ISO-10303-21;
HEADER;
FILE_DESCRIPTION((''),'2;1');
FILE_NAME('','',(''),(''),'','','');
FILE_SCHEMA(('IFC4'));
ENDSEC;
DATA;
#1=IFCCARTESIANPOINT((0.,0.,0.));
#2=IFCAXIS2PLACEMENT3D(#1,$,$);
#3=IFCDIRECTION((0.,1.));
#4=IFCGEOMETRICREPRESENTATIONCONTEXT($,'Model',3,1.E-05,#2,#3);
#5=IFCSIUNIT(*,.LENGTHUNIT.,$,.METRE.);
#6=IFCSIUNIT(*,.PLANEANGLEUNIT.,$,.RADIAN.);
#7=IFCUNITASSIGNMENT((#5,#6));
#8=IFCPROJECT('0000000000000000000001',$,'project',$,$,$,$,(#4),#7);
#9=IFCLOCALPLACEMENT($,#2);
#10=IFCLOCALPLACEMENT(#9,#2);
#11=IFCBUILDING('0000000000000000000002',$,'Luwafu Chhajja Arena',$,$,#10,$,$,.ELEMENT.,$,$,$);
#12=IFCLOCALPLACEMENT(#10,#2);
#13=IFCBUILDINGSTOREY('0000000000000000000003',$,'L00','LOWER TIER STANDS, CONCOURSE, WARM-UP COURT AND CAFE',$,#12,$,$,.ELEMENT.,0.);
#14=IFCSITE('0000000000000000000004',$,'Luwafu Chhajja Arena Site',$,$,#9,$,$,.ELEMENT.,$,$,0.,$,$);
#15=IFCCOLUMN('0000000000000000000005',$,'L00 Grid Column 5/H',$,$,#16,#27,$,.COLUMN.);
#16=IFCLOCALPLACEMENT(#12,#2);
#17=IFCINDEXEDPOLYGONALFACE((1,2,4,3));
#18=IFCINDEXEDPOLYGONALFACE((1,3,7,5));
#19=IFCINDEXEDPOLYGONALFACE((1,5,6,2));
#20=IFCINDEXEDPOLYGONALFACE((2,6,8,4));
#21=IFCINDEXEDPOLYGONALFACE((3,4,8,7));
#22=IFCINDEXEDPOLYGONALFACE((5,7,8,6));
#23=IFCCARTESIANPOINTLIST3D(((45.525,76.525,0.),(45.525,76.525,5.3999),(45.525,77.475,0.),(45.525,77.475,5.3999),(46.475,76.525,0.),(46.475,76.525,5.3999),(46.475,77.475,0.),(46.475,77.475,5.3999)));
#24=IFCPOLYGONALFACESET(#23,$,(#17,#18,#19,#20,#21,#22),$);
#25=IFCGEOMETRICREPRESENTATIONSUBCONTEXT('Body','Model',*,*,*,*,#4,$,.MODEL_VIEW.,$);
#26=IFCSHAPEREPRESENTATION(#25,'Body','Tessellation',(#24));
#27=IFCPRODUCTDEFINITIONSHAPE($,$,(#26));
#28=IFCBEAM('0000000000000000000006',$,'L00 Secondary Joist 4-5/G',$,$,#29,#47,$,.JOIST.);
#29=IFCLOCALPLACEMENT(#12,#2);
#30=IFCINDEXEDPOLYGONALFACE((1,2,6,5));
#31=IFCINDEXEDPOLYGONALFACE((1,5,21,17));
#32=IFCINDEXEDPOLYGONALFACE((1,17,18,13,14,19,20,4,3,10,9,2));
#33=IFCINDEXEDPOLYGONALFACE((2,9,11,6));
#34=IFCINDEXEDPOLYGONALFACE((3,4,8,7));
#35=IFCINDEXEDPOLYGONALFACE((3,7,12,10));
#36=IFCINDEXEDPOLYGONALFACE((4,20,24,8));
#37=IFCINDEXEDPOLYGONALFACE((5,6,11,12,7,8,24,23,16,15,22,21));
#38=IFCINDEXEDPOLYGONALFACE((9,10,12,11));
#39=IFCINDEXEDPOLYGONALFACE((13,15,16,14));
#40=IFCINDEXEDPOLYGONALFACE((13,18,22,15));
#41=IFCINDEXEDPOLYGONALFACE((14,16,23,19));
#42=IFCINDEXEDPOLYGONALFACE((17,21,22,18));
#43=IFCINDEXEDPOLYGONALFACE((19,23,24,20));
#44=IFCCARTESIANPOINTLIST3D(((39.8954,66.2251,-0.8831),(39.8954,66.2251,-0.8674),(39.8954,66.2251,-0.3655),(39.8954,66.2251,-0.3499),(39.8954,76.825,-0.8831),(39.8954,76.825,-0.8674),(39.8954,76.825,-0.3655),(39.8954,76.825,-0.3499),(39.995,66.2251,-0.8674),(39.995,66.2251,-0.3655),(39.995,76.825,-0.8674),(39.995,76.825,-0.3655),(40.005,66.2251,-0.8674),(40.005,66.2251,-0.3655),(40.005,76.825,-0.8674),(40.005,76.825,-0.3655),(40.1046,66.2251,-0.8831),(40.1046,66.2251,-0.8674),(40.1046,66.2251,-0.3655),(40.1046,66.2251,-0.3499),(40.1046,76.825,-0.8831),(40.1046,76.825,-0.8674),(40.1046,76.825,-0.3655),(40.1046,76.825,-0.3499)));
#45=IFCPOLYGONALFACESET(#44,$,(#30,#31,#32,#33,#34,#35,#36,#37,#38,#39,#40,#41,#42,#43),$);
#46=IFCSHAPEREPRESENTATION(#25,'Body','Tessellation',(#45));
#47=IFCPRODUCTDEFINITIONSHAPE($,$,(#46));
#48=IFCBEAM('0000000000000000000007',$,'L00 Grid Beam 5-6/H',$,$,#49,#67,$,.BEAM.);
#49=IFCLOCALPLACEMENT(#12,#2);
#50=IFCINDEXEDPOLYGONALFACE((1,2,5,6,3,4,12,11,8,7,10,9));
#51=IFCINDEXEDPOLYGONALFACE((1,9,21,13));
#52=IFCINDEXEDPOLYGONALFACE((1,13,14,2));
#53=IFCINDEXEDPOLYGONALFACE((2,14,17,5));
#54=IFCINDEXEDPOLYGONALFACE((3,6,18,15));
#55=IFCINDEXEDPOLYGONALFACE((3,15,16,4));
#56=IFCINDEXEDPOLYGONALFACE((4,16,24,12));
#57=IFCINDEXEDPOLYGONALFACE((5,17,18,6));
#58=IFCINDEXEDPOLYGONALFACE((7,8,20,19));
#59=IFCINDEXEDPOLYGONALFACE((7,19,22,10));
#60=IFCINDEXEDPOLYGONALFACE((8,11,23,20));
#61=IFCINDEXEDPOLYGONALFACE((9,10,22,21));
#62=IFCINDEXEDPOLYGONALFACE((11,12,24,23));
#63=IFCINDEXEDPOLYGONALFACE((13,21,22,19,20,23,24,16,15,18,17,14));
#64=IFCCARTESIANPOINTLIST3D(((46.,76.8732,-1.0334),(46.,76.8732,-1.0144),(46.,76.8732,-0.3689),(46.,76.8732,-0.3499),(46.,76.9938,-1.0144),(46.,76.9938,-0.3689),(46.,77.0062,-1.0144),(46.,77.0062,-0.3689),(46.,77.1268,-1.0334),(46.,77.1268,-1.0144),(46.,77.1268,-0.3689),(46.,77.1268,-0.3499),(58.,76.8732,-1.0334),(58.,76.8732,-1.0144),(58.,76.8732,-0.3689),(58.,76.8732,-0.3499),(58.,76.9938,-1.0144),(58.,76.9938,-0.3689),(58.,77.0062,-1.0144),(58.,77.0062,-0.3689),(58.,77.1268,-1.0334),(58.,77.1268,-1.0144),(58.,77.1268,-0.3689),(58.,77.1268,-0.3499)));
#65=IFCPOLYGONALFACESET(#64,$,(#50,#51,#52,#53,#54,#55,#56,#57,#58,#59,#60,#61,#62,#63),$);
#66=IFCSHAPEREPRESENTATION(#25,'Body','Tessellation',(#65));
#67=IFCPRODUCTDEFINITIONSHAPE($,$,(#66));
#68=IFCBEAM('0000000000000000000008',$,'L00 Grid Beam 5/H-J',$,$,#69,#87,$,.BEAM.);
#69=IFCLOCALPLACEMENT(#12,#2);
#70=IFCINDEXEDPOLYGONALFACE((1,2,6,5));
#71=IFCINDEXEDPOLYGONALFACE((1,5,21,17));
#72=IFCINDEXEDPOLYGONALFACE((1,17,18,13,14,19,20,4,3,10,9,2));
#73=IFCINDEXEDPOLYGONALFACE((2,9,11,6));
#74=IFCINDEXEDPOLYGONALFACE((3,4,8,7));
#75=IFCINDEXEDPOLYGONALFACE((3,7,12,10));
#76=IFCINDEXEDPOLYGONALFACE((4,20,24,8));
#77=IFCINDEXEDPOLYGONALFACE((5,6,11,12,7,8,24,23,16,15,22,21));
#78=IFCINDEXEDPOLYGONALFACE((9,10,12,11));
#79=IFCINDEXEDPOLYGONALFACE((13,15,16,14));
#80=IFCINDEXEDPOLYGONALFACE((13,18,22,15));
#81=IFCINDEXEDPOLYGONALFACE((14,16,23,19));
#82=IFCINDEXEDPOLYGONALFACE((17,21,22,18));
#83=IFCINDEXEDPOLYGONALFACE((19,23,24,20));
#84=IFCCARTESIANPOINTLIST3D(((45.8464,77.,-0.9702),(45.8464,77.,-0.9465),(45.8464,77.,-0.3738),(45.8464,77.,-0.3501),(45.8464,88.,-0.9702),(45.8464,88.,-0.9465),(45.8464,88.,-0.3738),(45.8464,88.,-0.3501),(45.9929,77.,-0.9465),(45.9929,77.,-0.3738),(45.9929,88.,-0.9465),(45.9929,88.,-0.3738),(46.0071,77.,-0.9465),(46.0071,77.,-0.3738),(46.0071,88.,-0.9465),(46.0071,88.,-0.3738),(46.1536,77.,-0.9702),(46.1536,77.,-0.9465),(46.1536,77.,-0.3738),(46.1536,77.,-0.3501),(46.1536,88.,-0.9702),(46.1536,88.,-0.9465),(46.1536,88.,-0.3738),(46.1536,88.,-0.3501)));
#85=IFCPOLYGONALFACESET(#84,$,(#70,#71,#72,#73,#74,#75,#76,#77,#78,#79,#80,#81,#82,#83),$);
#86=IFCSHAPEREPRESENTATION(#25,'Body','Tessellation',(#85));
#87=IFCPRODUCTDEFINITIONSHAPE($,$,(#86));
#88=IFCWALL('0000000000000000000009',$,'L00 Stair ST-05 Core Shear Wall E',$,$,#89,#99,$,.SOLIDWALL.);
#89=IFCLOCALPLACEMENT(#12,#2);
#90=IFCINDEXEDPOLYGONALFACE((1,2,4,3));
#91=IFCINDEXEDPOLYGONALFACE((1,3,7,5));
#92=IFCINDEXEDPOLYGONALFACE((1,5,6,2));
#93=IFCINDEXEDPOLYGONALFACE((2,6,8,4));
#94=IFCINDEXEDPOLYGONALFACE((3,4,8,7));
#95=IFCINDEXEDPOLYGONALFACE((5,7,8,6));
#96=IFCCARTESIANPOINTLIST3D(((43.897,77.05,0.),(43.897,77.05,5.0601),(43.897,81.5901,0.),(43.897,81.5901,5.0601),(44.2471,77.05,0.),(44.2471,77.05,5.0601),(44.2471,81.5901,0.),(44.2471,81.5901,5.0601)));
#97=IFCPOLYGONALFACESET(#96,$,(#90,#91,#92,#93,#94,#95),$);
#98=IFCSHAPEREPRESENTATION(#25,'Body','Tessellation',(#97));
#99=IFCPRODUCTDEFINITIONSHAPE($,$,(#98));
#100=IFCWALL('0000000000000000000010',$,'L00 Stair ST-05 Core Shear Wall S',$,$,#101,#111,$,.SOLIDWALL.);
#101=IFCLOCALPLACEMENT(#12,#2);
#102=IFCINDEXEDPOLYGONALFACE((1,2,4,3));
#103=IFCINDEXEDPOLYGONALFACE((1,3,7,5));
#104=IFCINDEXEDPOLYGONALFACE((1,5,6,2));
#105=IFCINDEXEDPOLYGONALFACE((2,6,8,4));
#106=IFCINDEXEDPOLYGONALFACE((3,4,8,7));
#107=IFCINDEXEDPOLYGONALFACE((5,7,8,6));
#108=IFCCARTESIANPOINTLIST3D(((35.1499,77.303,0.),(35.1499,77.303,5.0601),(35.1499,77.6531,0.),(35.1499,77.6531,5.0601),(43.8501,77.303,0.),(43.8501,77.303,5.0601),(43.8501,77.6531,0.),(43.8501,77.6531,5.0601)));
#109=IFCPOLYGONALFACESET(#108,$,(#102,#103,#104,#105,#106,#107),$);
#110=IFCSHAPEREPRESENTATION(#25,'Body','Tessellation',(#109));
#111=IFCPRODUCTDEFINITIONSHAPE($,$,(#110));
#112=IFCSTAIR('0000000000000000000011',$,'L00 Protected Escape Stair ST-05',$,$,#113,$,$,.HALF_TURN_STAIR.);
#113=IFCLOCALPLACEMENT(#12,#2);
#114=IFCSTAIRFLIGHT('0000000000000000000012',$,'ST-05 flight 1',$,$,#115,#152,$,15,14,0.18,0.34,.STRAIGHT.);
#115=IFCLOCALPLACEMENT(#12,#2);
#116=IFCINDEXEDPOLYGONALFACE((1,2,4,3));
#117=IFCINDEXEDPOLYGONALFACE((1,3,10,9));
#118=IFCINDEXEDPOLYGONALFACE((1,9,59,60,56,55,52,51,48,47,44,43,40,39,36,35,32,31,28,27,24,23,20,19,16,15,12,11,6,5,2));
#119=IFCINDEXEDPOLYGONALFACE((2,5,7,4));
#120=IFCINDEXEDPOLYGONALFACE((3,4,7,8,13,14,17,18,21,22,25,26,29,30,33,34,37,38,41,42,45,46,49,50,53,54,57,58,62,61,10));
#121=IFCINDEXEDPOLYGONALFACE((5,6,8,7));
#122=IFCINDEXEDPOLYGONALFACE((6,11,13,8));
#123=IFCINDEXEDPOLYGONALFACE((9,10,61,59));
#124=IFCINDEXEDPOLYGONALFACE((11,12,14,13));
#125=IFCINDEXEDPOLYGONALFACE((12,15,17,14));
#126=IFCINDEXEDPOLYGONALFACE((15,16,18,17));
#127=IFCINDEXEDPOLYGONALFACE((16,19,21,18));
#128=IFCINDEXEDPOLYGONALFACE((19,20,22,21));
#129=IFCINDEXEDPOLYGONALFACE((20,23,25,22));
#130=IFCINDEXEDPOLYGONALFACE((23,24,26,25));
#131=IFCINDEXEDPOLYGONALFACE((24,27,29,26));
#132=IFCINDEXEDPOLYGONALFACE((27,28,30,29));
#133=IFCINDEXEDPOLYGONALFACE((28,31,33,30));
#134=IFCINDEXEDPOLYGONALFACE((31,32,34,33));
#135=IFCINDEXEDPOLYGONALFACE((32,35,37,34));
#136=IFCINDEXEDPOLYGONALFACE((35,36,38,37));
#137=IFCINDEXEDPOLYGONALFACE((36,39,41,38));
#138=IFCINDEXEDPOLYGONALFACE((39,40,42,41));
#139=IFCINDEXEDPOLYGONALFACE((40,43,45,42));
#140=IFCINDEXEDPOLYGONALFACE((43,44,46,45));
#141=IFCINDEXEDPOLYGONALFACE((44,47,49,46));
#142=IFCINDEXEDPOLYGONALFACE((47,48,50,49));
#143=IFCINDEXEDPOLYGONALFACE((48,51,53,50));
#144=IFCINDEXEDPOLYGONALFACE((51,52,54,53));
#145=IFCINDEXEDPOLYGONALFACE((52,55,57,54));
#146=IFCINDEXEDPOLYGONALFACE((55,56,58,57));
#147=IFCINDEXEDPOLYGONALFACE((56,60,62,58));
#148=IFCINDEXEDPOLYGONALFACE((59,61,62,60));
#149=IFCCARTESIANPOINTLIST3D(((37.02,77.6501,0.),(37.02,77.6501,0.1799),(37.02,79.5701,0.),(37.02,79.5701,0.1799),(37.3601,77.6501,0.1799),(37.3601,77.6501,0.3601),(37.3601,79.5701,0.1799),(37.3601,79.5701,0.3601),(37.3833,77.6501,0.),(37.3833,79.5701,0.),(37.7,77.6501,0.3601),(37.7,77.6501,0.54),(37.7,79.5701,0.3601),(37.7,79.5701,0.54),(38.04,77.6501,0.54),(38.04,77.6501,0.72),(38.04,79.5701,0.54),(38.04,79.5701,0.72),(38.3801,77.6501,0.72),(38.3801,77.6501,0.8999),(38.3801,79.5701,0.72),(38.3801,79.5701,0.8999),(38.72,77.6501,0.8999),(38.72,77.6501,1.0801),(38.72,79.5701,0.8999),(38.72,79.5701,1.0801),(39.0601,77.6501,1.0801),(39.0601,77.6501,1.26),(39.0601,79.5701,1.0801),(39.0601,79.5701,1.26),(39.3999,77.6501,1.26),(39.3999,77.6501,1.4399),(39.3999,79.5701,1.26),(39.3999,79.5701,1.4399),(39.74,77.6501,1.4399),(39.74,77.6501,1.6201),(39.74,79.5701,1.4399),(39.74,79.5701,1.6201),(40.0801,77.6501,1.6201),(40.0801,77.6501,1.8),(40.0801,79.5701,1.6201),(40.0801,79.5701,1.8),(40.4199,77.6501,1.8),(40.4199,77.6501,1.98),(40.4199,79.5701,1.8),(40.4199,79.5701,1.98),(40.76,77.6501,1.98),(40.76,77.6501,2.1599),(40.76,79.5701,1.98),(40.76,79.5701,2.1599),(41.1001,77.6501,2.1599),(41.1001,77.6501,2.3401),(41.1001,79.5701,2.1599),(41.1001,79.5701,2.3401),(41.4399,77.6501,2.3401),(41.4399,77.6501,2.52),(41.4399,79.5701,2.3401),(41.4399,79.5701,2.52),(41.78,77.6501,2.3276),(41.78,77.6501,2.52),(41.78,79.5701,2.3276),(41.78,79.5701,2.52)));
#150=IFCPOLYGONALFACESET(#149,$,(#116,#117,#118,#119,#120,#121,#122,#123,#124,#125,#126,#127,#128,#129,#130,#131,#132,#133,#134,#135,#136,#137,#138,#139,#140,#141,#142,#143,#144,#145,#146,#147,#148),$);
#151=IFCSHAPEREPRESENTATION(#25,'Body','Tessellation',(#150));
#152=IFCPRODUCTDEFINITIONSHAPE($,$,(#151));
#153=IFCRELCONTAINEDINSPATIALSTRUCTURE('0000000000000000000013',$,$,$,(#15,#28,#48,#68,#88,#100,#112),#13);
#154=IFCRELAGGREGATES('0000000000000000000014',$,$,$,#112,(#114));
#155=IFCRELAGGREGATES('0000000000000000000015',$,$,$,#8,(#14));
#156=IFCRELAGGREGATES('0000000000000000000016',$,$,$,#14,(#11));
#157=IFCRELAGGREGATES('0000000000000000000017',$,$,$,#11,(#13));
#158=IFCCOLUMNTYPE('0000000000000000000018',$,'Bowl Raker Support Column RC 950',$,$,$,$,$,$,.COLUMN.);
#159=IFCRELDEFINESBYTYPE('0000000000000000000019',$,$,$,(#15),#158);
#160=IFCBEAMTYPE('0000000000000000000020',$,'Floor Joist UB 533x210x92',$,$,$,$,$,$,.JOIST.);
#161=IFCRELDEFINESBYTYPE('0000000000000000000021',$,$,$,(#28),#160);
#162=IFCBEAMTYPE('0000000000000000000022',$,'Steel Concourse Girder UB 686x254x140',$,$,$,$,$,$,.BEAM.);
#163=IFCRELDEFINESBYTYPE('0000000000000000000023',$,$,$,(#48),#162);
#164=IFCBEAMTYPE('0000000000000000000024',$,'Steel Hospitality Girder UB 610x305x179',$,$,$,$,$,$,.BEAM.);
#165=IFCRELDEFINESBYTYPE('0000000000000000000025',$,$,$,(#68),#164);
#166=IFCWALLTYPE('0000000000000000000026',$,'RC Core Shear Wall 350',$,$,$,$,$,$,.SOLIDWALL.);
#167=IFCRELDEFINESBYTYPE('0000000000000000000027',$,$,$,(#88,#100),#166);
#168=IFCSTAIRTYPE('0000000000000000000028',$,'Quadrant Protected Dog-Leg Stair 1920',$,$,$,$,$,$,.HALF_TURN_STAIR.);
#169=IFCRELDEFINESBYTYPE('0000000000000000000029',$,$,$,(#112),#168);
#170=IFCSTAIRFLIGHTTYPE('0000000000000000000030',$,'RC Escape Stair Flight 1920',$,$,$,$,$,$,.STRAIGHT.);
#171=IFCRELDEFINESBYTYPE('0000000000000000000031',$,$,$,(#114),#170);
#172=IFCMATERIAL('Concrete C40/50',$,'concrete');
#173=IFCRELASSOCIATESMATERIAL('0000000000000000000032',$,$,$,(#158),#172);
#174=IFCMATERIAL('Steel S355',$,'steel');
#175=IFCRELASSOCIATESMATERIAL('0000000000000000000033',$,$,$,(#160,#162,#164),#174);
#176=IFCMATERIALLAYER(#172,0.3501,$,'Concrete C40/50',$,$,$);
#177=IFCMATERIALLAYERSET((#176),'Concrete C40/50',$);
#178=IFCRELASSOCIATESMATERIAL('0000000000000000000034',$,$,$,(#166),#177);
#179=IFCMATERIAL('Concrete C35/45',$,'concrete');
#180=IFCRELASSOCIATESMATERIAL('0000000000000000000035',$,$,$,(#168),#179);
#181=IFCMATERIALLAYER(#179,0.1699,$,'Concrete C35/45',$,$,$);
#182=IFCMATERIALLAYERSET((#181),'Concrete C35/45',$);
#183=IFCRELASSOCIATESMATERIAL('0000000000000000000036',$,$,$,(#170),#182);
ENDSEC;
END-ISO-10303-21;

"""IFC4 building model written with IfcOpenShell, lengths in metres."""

from ifc_helpers import new_model, si_unit, direction, frame, frame_2d, origin, origin_2d, place, context, subcontext, project, spatial, polyline, rectangle, i_section, outline, extrude, material, layer, layer_set, material_profile, profile_set, type_object, element, aggregate, save


model = new_model("IFC4")

# Units and contexts
model_context = context("Model", 3, precision=1e-05, world=origin(), true_north=direction((0.0, 1.0)))
body_context = subcontext(model_context, "Body", "Model", "MODEL_VIEW")
ifc_project = project(units=[si_unit("LENGTHUNIT", "METRE"), si_unit("PLANEANGLEUNIT", "RADIAN")], contexts=[model_context])

# Site, building, storey
site_placement = place(None, origin())
site = spatial("IfcSite", under=ifc_project, at=site_placement, Name="Luwafu Chhajja Arena Site", CompositionType="ELEMENT", RefElevation=0.0)
building_placement = place(site_placement, origin())
building = spatial("IfcBuilding", under=site, at=building_placement, Name="Luwafu Chhajja Arena", CompositionType="ELEMENT")
storey_placement = place(building_placement, origin())
storey = spatial("IfcBuildingStorey", under=building, at=storey_placement, Name="L00", Description="LOWER TIER STANDS, CONCOURSE, WARM-UP COURT AND CAFE", CompositionType="ELEMENT", Elevation=0.0)

# Column
ifc_material_1 = material(Name="Concrete C40/50", Category="concrete")
ifc_material_profile_1 = material_profile(ifc_material_1, rectangle(XDim=0.95, YDim=0.95, at=origin_2d()), Name="RC 950x950")
ifc_profile_set_1 = profile_set([ifc_material_profile_1], Name="Concrete C40/50")
column_type = type_object("IfcColumnType", Name="Bowl Raker Support Column RC 950", PredefinedType="COLUMN", material=ifc_profile_set_1)
column_placement = place(storey_placement, frame((46.0, 77.0, 0.0), z_axis=(0.0, 0.0, 1.0), x_axis=(1.0, 0.0, 0.0)))
element("IfcColumn", 1, at=column_placement, inside=storey, type_object=column_type, Name="L00 Grid Column 5/H", PredefinedType="COLUMN", context=body_context, shape_type="SweptSolid", body=[
    extrude(rectangle(XDim=0.95, YDim=0.95, at=origin_2d()), origin(), (0.0, 0.0, 1.0), 5.3999),
])

# Beams
ifc_material_2 = material(Name="Steel S355", Category="steel")
ifc_material_profile_2 = material_profile(ifc_material_2, i_section(OverallWidth=0.2092, OverallDepth=0.5332, WebThickness=0.01, FlangeThickness=0.0156, at=origin_2d()), Name="UB 533x210x92")
ifc_profile_set_2 = profile_set([ifc_material_profile_2], Name="Steel S355")
beam_type_1 = type_object("IfcBeamType", Name="Floor Joist UB 533x210x92", PredefinedType="JOIST", material=ifc_profile_set_2)
beam_1_placement = place(storey_placement, frame((40.0, 66.2251, -0.6165), z_axis=(0.0, 1.0, 0.0), x_axis=(-1.0, 0.0, 0.0)))
element("IfcBeam", 2, at=beam_1_placement, inside=storey, type_object=beam_type_1, Name="L00 Secondary Joist 4-5/G", PredefinedType="JOIST", context=body_context, shape_type="SweptSolid", body=[
    extrude(i_section(OverallWidth=0.2092, OverallDepth=0.5332, WebThickness=0.01, FlangeThickness=0.0156, at=origin_2d()), origin(), (0.0, 0.0, 1.0), 10.5999),
])
ifc_material_profile_3 = material_profile(ifc_material_2, i_section(OverallWidth=0.2537, OverallDepth=0.6836, WebThickness=0.0125, FlangeThickness=0.019, at=origin_2d()), Name="UB 686x254x140")
ifc_profile_set_3 = profile_set([ifc_material_profile_3], Name="Steel S355")
beam_type_2 = type_object("IfcBeamType", Name="Steel Concourse Girder UB 686x254x140", PredefinedType="BEAM", material=ifc_profile_set_3)
beam_2_placement = place(storey_placement, frame((46.0, 77.0, -0.6917), z_axis=(1.0, 0.0, 0.0), x_axis=(0.0, 1.0, 0.0)))
element("IfcBeam", 3, at=beam_2_placement, inside=storey, type_object=beam_type_2, Name="L00 Grid Beam 5-6/H", PredefinedType="BEAM", context=body_context, shape_type="SweptSolid", body=[
    extrude(i_section(OverallWidth=0.2537, OverallDepth=0.6836, WebThickness=0.0125, FlangeThickness=0.019, at=origin_2d()), origin(), (0.0, 0.0, 1.0), 12.0),
])
ifc_material_profile_4 = material_profile(ifc_material_2, i_section(OverallWidth=0.3071, OverallDepth=0.6201, WebThickness=0.0142, FlangeThickness=0.0237, at=origin_2d()), Name="UB 610x305x179")
ifc_profile_set_4 = profile_set([ifc_material_profile_4], Name="Steel S355")
beam_type_3 = type_object("IfcBeamType", Name="Steel Hospitality Girder UB 610x305x179", PredefinedType="BEAM", material=ifc_profile_set_4)
beam_3_placement = place(storey_placement, frame((46.0, 77.0, -0.6602), z_axis=(0.0, 1.0, 0.0), x_axis=(-1.0, 0.0, 0.0)))
element("IfcBeam", 4, at=beam_3_placement, inside=storey, type_object=beam_type_3, Name="L00 Grid Beam 5/H-J", PredefinedType="BEAM", context=body_context, shape_type="SweptSolid", body=[
    extrude(i_section(OverallWidth=0.3071, OverallDepth=0.6201, WebThickness=0.0142, FlangeThickness=0.0237, at=origin_2d()), origin(), (0.0, 0.0, 1.0), 11.0),
])

# Walls
ifc_layer_1 = layer(ifc_material_1, 0.3501, Name="Concrete C40/50")
ifc_layer_set_1 = layer_set([ifc_layer_1], Name="Concrete C40/50")
wall_type = type_object("IfcWallType", Name="RC Core Shear Wall 350", PredefinedType="SOLIDWALL", material=ifc_layer_set_1)
wall_1_placement = place(storey_placement, frame((44.072, 77.05, 0.0), z_axis=(0.0, 0.0, 1.0), x_axis=(0.0, 1.0, 0.0)))
element("IfcWall", 5, at=wall_1_placement, inside=storey, type_object=wall_type, Name="L00 Stair ST-05 Core Shear Wall E", PredefinedType="SOLIDWALL", context=body_context, shape_type="SweptSolid", body=[
    extrude(rectangle(XDim=4.54, YDim=0.3501, at=frame_2d((2.27, 0.0))), origin(), (0.0, 0.0, 1.0), 5.0601),
])
wall_2_placement = place(storey_placement, frame((35.1499, 77.478, 0.0), z_axis=(0.0, 0.0, 1.0), x_axis=(1.0, 0.0, 0.0)))
element("IfcWall", 6, at=wall_2_placement, inside=storey, type_object=wall_type, Name="L00 Stair ST-05 Core Shear Wall S", PredefinedType="SOLIDWALL", context=body_context, shape_type="SweptSolid", body=[
    extrude(rectangle(XDim=8.7002, YDim=0.3501, at=frame_2d((4.3501, 0.0))), origin(), (0.0, 0.0, 1.0), 5.0601),
])

# Stair, stair flight
ifc_material_3 = material(Name="Concrete C35/45", Category="concrete")
stair_type = type_object("IfcStairType", Name="Quadrant Protected Dog-Leg Stair 1920", PredefinedType="HALF_TURN_STAIR", material=ifc_material_3)
stair_placement = place(storey_placement, origin())
stair = element("IfcStair", 7, at=stair_placement, inside=storey, type_object=stair_type, Name="L00 Protected Escape Stair ST-05", PredefinedType="HALF_TURN_STAIR")
ifc_layer_2 = layer(ifc_material_3, 0.1699, Name="Concrete C35/45")
ifc_layer_set_2 = layer_set([ifc_layer_2], Name="Concrete C35/45")
stair_flight_type = type_object("IfcStairFlightType", Name="RC Escape Stair Flight 1920", PredefinedType="STRAIGHT", material=ifc_layer_set_2)
stair_flight_1_placement = place(storey_placement, frame((37.02, 78.6101, 0.0), z_axis=(0.0, 0.0, 1.0), x_axis=(1.0, 0.0, 0.0)))
stair_flight_1 = element("IfcStairFlight", 8, at=stair_flight_1_placement, type_object=stair_flight_type, Name="ST-05 flight 1", NumberOfRisers=15, NumberOfTreads=14, PredefinedType="STRAIGHT", RiserHeight=0.18, TreadLength=0.34, context=body_context, shape_type="SweptSolid", body=[
    extrude(outline(polyline([(0.0, 0.0), (0.0, 0.1799), (0.3401, 0.1799), (0.3401, 0.3601), (0.6799, 0.3601), (0.6799, 0.54), (1.02, 0.54), (1.02, 0.72), (1.3601, 0.72), (1.3601, 0.8999), (1.7, 0.8999), (1.7, 1.0801), (2.04, 1.0801), (2.04, 1.26), (2.3799, 1.26), (2.3799, 1.4399), (2.72, 1.4399), (2.72, 1.6201), (3.0601, 1.6201), (3.0601, 1.8), (3.3999, 1.8), (3.3999, 1.98), (3.74, 1.98), (3.74, 2.1599), (4.0801, 2.1599), (4.0801, 2.3401), (4.4199, 2.3401), (4.4199, 2.52), (4.76, 2.52), (4.76, 2.7), (4.76, 2.3276), (0.3633, 0.0), (0.0, 0.0)])), frame((0.0, 0.96, 0.0), z_axis=(0.0, -1.0, 0.0), x_axis=(1.0, 0.0, 0.0)), (0.0, 0.0, 1.0), 1.9199),
])
aggregate(stair, [stair_flight_1])

save(model, "model.ifc")
